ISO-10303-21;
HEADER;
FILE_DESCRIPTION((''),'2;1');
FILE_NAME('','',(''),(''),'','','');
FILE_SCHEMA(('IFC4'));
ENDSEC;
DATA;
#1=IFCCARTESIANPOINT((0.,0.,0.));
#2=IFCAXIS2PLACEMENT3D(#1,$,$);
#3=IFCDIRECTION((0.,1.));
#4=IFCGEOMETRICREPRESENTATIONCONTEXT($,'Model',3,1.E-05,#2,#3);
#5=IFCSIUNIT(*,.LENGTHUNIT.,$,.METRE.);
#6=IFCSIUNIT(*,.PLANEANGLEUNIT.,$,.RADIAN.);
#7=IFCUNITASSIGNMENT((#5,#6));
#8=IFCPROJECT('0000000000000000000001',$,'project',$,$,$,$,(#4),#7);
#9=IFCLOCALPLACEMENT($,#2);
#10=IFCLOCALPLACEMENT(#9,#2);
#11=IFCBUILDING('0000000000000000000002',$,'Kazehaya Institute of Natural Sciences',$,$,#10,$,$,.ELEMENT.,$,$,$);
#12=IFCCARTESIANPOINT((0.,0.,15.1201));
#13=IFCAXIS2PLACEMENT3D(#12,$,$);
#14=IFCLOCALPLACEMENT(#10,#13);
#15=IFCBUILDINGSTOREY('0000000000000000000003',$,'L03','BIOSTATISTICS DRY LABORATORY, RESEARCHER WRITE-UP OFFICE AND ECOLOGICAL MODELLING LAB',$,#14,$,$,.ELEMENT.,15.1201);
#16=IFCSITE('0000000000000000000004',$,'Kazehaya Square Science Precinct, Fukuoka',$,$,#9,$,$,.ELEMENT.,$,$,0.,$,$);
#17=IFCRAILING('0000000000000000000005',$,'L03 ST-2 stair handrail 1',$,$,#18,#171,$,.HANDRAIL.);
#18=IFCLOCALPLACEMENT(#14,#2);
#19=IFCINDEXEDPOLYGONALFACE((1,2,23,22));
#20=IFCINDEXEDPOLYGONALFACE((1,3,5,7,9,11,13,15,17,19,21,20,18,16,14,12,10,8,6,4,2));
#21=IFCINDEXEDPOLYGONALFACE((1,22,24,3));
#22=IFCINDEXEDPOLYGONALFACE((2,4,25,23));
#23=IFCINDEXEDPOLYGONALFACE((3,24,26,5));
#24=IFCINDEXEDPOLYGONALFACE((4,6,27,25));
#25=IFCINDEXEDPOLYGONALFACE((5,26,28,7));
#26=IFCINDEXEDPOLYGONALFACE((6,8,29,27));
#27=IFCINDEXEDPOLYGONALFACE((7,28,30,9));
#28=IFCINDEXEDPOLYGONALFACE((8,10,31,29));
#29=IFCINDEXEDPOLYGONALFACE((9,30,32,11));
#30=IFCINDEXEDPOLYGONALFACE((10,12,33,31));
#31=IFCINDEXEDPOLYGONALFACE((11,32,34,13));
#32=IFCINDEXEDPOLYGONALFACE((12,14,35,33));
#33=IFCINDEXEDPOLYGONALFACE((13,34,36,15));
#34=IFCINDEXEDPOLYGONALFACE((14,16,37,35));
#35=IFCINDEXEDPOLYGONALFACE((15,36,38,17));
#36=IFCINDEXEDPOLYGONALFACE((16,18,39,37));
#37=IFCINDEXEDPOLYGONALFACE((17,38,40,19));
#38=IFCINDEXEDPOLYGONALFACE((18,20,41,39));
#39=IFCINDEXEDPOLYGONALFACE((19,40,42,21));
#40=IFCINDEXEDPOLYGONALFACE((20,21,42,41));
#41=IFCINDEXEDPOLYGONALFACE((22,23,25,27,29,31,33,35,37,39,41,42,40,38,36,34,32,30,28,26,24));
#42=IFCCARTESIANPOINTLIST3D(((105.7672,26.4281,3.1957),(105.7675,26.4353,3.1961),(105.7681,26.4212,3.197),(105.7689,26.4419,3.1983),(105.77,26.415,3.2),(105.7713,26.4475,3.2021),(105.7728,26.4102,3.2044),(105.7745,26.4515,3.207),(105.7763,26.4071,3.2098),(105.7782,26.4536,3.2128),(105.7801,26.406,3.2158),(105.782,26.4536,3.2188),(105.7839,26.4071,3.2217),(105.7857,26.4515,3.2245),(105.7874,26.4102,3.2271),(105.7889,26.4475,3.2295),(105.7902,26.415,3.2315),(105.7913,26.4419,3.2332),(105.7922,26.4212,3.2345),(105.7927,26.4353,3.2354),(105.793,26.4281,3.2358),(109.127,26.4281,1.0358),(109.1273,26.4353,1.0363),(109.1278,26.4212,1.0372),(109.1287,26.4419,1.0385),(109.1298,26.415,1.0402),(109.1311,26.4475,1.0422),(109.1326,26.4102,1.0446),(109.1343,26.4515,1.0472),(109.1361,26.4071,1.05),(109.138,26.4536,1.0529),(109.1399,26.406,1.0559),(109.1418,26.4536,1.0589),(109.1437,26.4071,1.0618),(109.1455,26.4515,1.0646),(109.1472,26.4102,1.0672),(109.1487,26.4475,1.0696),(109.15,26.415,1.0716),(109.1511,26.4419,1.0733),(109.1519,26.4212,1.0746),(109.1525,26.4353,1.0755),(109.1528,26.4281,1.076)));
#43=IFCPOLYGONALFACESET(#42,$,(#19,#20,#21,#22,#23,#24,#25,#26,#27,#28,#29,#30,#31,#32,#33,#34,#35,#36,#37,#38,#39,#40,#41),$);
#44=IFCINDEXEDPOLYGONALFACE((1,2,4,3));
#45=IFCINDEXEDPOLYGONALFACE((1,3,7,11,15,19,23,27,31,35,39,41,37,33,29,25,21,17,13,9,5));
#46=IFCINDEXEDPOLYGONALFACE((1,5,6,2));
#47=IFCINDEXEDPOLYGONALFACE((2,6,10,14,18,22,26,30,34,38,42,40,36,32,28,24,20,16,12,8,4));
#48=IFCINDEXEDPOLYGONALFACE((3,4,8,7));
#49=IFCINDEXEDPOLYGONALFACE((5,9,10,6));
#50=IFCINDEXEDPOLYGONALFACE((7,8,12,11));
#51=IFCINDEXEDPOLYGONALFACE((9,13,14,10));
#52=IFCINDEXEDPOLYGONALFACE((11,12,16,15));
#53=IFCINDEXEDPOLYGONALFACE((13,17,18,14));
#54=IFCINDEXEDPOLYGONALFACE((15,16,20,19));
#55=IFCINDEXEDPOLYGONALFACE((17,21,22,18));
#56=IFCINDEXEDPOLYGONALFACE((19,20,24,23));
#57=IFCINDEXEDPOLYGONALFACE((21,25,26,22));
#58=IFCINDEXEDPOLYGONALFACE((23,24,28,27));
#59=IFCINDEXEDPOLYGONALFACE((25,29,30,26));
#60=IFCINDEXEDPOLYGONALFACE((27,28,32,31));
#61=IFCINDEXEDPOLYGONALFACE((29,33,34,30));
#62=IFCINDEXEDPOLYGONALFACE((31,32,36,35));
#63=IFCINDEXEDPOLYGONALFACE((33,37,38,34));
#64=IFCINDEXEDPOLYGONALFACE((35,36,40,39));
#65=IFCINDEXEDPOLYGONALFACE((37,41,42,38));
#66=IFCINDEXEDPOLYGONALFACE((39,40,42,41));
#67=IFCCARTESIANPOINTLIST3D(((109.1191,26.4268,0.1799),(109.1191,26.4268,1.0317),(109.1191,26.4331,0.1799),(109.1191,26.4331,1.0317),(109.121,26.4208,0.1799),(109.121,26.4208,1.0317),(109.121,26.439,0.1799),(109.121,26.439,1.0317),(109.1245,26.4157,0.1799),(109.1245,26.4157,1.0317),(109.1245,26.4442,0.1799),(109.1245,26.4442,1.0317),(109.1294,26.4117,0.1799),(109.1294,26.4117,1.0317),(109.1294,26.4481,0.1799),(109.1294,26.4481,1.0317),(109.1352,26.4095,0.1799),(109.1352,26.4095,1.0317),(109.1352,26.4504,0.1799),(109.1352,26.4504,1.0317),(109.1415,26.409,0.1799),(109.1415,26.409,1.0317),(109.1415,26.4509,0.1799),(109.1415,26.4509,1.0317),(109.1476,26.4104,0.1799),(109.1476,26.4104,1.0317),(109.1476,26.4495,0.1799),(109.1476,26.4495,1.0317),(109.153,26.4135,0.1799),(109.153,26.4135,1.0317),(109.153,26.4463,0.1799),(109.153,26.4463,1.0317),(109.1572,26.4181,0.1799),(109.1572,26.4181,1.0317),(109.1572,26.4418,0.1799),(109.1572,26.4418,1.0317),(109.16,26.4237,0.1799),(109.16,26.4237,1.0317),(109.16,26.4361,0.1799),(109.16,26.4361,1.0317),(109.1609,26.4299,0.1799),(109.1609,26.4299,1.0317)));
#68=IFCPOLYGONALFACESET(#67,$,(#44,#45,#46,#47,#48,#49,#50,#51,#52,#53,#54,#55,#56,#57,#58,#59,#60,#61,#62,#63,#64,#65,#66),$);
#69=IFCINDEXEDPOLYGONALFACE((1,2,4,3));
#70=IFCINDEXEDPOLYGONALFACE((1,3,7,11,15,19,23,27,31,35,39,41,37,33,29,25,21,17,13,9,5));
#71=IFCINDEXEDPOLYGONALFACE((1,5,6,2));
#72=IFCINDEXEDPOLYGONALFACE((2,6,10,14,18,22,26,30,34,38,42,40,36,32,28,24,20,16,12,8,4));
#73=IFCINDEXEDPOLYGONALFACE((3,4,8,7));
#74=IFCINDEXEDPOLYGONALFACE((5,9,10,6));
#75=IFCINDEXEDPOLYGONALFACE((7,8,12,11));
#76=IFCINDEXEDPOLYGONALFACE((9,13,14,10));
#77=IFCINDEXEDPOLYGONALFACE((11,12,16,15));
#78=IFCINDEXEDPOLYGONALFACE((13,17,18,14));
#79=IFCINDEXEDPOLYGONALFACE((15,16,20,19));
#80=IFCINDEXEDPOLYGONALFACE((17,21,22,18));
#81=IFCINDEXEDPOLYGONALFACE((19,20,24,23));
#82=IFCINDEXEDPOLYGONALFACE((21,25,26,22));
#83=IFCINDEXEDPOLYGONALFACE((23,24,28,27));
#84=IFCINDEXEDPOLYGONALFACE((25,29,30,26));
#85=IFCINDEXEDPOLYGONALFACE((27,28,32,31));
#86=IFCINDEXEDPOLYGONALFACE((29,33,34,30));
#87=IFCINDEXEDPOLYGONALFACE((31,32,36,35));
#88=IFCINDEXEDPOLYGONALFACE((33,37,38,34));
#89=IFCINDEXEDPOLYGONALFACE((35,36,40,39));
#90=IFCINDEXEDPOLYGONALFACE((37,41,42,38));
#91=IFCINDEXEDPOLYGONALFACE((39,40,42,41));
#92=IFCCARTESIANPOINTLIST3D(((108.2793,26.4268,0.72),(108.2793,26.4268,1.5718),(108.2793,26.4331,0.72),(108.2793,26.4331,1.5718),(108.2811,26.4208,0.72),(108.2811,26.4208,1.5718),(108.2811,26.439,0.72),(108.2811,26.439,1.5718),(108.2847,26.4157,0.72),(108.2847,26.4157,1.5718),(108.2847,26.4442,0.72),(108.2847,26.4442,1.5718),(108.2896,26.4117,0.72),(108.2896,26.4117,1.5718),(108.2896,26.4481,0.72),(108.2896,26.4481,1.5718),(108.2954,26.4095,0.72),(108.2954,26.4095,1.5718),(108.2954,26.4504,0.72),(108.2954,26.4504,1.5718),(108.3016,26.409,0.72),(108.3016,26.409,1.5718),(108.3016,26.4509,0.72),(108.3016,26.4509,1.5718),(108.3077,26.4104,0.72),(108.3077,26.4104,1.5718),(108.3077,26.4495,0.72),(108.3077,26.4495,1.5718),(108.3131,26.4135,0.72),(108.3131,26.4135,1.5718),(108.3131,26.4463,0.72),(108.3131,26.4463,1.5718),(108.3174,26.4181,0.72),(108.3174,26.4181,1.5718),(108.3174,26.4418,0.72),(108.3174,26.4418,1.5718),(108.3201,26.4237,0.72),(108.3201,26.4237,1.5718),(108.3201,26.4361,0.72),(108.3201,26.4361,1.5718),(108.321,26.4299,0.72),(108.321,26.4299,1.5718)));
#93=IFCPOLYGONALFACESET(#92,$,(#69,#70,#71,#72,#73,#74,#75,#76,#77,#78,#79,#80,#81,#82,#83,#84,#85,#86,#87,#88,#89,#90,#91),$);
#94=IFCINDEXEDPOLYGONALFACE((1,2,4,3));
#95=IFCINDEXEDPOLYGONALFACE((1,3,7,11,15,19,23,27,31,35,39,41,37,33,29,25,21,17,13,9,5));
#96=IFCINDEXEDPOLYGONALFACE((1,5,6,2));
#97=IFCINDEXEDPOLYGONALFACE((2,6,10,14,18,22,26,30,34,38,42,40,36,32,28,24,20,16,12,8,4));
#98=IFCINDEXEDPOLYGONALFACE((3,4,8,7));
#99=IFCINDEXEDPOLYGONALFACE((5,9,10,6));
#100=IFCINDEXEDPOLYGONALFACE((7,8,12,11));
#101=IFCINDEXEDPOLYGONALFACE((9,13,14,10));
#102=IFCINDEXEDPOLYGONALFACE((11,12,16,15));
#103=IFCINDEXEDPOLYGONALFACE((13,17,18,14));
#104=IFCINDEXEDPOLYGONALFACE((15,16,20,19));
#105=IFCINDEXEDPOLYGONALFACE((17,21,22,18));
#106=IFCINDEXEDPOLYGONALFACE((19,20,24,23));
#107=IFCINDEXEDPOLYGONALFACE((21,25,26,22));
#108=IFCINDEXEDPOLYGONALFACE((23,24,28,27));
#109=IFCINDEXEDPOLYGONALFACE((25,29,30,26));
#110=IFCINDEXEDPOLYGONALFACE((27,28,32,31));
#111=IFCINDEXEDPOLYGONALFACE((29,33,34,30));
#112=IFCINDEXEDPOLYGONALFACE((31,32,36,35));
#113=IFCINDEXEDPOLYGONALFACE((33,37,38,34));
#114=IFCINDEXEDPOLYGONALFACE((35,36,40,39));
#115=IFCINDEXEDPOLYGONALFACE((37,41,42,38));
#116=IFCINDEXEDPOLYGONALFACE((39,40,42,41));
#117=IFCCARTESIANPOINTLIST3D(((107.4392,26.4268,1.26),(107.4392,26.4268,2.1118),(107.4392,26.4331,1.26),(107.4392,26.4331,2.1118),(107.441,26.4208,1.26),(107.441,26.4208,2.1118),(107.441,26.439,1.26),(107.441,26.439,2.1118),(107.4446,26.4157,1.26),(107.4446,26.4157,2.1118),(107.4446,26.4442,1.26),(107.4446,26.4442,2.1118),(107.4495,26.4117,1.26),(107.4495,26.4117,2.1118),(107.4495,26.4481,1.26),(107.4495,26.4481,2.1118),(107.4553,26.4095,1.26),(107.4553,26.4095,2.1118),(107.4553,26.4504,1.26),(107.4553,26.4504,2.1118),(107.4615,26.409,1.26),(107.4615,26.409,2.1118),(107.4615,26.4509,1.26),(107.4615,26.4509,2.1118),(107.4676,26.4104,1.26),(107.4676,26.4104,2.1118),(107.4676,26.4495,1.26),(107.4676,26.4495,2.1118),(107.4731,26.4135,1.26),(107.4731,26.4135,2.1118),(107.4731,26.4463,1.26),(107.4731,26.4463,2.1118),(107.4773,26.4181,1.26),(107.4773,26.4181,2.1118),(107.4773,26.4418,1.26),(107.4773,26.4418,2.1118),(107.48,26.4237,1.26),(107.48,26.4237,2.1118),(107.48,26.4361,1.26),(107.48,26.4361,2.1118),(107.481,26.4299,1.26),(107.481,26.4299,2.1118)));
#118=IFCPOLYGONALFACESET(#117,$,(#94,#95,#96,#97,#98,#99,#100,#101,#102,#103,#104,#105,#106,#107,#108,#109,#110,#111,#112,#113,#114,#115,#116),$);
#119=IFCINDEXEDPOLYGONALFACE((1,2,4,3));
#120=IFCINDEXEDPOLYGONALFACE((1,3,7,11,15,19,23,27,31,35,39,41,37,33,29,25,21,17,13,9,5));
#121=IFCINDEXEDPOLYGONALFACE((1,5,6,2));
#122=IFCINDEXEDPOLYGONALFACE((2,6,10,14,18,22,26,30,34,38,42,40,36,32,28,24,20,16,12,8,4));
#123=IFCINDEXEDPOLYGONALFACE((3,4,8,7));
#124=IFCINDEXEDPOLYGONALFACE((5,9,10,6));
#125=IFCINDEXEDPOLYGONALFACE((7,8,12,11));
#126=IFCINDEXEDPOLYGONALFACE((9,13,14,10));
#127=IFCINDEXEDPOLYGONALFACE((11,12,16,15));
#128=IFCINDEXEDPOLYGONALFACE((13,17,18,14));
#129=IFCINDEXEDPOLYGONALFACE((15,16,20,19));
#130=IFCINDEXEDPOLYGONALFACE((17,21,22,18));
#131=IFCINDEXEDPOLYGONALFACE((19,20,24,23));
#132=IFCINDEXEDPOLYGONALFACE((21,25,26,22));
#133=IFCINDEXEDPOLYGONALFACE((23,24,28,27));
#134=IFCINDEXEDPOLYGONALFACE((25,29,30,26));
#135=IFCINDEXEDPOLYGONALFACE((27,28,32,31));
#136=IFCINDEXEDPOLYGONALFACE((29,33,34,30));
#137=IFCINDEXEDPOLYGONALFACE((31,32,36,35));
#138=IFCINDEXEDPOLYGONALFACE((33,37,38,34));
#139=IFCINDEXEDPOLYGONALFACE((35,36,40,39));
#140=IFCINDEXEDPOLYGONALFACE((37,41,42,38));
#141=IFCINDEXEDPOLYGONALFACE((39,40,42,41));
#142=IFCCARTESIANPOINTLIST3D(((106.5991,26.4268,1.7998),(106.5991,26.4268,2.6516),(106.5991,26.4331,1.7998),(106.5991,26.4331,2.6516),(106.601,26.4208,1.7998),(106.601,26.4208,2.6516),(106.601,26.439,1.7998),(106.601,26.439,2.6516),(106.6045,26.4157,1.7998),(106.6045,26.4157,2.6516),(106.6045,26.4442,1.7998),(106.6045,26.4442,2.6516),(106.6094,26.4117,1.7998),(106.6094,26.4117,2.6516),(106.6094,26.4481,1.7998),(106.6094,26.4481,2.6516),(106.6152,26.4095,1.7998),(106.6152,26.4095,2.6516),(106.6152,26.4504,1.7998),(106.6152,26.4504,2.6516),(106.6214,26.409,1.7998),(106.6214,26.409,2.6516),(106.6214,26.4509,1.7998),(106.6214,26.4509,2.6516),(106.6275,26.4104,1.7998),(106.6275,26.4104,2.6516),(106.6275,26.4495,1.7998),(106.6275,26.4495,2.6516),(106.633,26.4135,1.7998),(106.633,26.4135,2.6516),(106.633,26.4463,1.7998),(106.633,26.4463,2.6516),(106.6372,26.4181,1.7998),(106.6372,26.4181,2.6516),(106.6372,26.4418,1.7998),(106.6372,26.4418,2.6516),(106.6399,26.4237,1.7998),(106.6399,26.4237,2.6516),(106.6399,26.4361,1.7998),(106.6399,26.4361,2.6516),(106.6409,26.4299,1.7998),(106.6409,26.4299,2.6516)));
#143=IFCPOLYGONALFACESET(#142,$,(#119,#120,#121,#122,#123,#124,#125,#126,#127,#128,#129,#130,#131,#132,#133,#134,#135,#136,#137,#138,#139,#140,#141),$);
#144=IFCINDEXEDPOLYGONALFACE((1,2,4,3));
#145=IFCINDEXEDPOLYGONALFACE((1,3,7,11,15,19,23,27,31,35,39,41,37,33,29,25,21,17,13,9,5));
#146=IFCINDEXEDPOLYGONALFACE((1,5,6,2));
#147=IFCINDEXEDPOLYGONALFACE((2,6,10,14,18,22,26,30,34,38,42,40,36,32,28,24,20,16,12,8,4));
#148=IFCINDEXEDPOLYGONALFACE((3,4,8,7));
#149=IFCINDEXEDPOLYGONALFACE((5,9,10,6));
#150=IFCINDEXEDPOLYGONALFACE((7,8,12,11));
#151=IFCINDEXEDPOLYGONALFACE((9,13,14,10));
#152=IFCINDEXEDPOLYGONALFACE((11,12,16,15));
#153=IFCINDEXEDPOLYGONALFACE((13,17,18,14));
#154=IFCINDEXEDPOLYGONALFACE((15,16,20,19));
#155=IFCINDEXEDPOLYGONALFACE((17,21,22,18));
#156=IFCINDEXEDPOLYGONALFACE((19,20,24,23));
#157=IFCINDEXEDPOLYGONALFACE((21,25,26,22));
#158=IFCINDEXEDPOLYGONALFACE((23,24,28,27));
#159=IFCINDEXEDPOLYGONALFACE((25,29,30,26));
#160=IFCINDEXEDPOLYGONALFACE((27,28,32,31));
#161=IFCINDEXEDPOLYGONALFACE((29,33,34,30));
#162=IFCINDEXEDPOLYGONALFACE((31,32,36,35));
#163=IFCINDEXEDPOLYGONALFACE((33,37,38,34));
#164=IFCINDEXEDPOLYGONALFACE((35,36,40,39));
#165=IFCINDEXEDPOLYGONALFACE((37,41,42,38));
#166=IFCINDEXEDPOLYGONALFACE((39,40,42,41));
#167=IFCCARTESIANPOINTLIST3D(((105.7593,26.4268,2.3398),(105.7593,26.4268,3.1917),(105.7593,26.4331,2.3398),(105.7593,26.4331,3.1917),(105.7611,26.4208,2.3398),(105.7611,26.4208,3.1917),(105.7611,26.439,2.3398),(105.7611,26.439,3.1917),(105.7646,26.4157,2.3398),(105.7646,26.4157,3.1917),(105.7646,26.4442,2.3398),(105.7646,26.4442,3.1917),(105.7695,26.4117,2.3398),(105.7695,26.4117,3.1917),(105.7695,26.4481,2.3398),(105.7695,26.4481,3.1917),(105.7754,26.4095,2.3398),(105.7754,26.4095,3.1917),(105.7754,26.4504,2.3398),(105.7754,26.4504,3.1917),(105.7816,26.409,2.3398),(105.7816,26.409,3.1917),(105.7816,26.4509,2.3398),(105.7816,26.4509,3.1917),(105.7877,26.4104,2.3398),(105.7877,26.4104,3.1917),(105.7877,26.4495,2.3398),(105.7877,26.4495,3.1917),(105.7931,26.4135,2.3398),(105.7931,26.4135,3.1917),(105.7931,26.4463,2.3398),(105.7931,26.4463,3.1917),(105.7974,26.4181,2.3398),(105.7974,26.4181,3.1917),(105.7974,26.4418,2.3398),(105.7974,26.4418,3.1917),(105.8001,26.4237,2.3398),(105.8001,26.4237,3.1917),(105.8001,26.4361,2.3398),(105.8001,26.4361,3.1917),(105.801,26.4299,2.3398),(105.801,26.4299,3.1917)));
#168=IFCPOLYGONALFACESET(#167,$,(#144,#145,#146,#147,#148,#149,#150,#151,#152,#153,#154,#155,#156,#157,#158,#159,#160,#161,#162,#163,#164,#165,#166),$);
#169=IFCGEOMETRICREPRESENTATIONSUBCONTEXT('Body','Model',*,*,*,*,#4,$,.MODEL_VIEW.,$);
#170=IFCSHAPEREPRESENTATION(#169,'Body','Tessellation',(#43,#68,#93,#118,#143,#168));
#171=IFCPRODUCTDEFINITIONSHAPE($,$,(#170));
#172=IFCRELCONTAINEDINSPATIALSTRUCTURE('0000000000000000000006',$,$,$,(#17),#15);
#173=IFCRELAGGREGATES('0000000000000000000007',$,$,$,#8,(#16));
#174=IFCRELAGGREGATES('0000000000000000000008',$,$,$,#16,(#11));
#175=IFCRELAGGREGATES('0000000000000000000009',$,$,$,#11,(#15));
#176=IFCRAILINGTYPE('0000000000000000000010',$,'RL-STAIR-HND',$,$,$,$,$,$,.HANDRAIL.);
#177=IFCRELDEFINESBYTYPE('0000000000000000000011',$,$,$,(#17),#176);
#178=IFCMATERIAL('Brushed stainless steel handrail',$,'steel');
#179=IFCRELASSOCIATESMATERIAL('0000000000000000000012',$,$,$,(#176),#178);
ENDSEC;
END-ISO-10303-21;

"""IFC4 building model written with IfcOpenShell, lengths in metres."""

from ifc_helpers import new_model, si_unit, direction, frame, origin, origin_2d, place, context, subcontext, project, spatial, circle, extrude, material, type_object, element, save


model = new_model("IFC4")

# Units and contexts
model_context = context("Model", 3, precision=1e-05, world=origin(), true_north=direction((0.0, 1.0)))
body_context = subcontext(model_context, "Body", "Model", "MODEL_VIEW")
ifc_project = project(units=[si_unit("LENGTHUNIT", "METRE"), si_unit("PLANEANGLEUNIT", "RADIAN")], contexts=[model_context])

# Site, building, storey
site_placement = place(None, origin())
site = spatial("IfcSite", under=ifc_project, at=site_placement, Name="Kazehaya Square Science Precinct, Fukuoka", CompositionType="ELEMENT", RefElevation=0.0)
building_placement = place(site_placement, origin())
building = spatial("IfcBuilding", under=site, at=building_placement, Name="Kazehaya Institute of Natural Sciences", CompositionType="ELEMENT")
storey_placement = place(building_placement, frame((0.0, 0.0, 15.1201)))
storey = spatial("IfcBuildingStorey", under=building, at=storey_placement, Name="L03", Description="BIOSTATISTICS DRY LABORATORY, RESEARCHER WRITE-UP OFFICE AND ECOLOGICAL MODELLING LAB", CompositionType="ELEMENT", Elevation=15.1201)

# Railing
ifc_material_1 = material(Name="Brushed stainless steel handrail", Category="steel")
railing_type_1 = type_object("IfcRailingType", Name="RL-STAIR-HND", PredefinedType="HANDRAIL", material=ifc_material_1)
railing_1_placement = place(storey_placement, frame((109.1399, 26.4299, 0.1799)))
element("IfcRailing", 1, at=railing_1_placement, inside=storey, type_object=railing_type_1, Name="L03 ST-2 stair handrail 1", PredefinedType="HANDRAIL", context=body_context, shape_type="SweptSolid", body=[
    extrude(circle(Radius=0.0239, at=origin_2d()), frame((0.0, 0.0, 0.876), z_axis=(-0.841178, 0.0, 0.540758), x_axis=(0.0, -1.0, 0.0)), (0.0, 0.0, 1.0), 3.9941),
    extrude(circle(Radius=0.021, at=origin_2d()), origin(), (0.0, 0.0, 1.0), 0.8518),
    extrude(circle(Radius=0.021, at=origin_2d()), frame((-0.8398, 0.0, 0.54)), (0.0, 0.0, 1.0), 0.8518),
    extrude(circle(Radius=0.021, at=origin_2d()), frame((-1.6799, 0.0, 1.0801)), (0.0, 0.0, 1.0), 0.8518),
    extrude(circle(Radius=0.021, at=origin_2d()), frame((-2.52, 0.0, 1.6199)), (0.0, 0.0, 1.0), 0.8518),
    extrude(circle(Radius=0.021, at=origin_2d()), frame((-3.3599, 0.0, 2.1599)), (0.0, 0.0, 1.0), 0.8518),
])

save(model, "model.ifc")
